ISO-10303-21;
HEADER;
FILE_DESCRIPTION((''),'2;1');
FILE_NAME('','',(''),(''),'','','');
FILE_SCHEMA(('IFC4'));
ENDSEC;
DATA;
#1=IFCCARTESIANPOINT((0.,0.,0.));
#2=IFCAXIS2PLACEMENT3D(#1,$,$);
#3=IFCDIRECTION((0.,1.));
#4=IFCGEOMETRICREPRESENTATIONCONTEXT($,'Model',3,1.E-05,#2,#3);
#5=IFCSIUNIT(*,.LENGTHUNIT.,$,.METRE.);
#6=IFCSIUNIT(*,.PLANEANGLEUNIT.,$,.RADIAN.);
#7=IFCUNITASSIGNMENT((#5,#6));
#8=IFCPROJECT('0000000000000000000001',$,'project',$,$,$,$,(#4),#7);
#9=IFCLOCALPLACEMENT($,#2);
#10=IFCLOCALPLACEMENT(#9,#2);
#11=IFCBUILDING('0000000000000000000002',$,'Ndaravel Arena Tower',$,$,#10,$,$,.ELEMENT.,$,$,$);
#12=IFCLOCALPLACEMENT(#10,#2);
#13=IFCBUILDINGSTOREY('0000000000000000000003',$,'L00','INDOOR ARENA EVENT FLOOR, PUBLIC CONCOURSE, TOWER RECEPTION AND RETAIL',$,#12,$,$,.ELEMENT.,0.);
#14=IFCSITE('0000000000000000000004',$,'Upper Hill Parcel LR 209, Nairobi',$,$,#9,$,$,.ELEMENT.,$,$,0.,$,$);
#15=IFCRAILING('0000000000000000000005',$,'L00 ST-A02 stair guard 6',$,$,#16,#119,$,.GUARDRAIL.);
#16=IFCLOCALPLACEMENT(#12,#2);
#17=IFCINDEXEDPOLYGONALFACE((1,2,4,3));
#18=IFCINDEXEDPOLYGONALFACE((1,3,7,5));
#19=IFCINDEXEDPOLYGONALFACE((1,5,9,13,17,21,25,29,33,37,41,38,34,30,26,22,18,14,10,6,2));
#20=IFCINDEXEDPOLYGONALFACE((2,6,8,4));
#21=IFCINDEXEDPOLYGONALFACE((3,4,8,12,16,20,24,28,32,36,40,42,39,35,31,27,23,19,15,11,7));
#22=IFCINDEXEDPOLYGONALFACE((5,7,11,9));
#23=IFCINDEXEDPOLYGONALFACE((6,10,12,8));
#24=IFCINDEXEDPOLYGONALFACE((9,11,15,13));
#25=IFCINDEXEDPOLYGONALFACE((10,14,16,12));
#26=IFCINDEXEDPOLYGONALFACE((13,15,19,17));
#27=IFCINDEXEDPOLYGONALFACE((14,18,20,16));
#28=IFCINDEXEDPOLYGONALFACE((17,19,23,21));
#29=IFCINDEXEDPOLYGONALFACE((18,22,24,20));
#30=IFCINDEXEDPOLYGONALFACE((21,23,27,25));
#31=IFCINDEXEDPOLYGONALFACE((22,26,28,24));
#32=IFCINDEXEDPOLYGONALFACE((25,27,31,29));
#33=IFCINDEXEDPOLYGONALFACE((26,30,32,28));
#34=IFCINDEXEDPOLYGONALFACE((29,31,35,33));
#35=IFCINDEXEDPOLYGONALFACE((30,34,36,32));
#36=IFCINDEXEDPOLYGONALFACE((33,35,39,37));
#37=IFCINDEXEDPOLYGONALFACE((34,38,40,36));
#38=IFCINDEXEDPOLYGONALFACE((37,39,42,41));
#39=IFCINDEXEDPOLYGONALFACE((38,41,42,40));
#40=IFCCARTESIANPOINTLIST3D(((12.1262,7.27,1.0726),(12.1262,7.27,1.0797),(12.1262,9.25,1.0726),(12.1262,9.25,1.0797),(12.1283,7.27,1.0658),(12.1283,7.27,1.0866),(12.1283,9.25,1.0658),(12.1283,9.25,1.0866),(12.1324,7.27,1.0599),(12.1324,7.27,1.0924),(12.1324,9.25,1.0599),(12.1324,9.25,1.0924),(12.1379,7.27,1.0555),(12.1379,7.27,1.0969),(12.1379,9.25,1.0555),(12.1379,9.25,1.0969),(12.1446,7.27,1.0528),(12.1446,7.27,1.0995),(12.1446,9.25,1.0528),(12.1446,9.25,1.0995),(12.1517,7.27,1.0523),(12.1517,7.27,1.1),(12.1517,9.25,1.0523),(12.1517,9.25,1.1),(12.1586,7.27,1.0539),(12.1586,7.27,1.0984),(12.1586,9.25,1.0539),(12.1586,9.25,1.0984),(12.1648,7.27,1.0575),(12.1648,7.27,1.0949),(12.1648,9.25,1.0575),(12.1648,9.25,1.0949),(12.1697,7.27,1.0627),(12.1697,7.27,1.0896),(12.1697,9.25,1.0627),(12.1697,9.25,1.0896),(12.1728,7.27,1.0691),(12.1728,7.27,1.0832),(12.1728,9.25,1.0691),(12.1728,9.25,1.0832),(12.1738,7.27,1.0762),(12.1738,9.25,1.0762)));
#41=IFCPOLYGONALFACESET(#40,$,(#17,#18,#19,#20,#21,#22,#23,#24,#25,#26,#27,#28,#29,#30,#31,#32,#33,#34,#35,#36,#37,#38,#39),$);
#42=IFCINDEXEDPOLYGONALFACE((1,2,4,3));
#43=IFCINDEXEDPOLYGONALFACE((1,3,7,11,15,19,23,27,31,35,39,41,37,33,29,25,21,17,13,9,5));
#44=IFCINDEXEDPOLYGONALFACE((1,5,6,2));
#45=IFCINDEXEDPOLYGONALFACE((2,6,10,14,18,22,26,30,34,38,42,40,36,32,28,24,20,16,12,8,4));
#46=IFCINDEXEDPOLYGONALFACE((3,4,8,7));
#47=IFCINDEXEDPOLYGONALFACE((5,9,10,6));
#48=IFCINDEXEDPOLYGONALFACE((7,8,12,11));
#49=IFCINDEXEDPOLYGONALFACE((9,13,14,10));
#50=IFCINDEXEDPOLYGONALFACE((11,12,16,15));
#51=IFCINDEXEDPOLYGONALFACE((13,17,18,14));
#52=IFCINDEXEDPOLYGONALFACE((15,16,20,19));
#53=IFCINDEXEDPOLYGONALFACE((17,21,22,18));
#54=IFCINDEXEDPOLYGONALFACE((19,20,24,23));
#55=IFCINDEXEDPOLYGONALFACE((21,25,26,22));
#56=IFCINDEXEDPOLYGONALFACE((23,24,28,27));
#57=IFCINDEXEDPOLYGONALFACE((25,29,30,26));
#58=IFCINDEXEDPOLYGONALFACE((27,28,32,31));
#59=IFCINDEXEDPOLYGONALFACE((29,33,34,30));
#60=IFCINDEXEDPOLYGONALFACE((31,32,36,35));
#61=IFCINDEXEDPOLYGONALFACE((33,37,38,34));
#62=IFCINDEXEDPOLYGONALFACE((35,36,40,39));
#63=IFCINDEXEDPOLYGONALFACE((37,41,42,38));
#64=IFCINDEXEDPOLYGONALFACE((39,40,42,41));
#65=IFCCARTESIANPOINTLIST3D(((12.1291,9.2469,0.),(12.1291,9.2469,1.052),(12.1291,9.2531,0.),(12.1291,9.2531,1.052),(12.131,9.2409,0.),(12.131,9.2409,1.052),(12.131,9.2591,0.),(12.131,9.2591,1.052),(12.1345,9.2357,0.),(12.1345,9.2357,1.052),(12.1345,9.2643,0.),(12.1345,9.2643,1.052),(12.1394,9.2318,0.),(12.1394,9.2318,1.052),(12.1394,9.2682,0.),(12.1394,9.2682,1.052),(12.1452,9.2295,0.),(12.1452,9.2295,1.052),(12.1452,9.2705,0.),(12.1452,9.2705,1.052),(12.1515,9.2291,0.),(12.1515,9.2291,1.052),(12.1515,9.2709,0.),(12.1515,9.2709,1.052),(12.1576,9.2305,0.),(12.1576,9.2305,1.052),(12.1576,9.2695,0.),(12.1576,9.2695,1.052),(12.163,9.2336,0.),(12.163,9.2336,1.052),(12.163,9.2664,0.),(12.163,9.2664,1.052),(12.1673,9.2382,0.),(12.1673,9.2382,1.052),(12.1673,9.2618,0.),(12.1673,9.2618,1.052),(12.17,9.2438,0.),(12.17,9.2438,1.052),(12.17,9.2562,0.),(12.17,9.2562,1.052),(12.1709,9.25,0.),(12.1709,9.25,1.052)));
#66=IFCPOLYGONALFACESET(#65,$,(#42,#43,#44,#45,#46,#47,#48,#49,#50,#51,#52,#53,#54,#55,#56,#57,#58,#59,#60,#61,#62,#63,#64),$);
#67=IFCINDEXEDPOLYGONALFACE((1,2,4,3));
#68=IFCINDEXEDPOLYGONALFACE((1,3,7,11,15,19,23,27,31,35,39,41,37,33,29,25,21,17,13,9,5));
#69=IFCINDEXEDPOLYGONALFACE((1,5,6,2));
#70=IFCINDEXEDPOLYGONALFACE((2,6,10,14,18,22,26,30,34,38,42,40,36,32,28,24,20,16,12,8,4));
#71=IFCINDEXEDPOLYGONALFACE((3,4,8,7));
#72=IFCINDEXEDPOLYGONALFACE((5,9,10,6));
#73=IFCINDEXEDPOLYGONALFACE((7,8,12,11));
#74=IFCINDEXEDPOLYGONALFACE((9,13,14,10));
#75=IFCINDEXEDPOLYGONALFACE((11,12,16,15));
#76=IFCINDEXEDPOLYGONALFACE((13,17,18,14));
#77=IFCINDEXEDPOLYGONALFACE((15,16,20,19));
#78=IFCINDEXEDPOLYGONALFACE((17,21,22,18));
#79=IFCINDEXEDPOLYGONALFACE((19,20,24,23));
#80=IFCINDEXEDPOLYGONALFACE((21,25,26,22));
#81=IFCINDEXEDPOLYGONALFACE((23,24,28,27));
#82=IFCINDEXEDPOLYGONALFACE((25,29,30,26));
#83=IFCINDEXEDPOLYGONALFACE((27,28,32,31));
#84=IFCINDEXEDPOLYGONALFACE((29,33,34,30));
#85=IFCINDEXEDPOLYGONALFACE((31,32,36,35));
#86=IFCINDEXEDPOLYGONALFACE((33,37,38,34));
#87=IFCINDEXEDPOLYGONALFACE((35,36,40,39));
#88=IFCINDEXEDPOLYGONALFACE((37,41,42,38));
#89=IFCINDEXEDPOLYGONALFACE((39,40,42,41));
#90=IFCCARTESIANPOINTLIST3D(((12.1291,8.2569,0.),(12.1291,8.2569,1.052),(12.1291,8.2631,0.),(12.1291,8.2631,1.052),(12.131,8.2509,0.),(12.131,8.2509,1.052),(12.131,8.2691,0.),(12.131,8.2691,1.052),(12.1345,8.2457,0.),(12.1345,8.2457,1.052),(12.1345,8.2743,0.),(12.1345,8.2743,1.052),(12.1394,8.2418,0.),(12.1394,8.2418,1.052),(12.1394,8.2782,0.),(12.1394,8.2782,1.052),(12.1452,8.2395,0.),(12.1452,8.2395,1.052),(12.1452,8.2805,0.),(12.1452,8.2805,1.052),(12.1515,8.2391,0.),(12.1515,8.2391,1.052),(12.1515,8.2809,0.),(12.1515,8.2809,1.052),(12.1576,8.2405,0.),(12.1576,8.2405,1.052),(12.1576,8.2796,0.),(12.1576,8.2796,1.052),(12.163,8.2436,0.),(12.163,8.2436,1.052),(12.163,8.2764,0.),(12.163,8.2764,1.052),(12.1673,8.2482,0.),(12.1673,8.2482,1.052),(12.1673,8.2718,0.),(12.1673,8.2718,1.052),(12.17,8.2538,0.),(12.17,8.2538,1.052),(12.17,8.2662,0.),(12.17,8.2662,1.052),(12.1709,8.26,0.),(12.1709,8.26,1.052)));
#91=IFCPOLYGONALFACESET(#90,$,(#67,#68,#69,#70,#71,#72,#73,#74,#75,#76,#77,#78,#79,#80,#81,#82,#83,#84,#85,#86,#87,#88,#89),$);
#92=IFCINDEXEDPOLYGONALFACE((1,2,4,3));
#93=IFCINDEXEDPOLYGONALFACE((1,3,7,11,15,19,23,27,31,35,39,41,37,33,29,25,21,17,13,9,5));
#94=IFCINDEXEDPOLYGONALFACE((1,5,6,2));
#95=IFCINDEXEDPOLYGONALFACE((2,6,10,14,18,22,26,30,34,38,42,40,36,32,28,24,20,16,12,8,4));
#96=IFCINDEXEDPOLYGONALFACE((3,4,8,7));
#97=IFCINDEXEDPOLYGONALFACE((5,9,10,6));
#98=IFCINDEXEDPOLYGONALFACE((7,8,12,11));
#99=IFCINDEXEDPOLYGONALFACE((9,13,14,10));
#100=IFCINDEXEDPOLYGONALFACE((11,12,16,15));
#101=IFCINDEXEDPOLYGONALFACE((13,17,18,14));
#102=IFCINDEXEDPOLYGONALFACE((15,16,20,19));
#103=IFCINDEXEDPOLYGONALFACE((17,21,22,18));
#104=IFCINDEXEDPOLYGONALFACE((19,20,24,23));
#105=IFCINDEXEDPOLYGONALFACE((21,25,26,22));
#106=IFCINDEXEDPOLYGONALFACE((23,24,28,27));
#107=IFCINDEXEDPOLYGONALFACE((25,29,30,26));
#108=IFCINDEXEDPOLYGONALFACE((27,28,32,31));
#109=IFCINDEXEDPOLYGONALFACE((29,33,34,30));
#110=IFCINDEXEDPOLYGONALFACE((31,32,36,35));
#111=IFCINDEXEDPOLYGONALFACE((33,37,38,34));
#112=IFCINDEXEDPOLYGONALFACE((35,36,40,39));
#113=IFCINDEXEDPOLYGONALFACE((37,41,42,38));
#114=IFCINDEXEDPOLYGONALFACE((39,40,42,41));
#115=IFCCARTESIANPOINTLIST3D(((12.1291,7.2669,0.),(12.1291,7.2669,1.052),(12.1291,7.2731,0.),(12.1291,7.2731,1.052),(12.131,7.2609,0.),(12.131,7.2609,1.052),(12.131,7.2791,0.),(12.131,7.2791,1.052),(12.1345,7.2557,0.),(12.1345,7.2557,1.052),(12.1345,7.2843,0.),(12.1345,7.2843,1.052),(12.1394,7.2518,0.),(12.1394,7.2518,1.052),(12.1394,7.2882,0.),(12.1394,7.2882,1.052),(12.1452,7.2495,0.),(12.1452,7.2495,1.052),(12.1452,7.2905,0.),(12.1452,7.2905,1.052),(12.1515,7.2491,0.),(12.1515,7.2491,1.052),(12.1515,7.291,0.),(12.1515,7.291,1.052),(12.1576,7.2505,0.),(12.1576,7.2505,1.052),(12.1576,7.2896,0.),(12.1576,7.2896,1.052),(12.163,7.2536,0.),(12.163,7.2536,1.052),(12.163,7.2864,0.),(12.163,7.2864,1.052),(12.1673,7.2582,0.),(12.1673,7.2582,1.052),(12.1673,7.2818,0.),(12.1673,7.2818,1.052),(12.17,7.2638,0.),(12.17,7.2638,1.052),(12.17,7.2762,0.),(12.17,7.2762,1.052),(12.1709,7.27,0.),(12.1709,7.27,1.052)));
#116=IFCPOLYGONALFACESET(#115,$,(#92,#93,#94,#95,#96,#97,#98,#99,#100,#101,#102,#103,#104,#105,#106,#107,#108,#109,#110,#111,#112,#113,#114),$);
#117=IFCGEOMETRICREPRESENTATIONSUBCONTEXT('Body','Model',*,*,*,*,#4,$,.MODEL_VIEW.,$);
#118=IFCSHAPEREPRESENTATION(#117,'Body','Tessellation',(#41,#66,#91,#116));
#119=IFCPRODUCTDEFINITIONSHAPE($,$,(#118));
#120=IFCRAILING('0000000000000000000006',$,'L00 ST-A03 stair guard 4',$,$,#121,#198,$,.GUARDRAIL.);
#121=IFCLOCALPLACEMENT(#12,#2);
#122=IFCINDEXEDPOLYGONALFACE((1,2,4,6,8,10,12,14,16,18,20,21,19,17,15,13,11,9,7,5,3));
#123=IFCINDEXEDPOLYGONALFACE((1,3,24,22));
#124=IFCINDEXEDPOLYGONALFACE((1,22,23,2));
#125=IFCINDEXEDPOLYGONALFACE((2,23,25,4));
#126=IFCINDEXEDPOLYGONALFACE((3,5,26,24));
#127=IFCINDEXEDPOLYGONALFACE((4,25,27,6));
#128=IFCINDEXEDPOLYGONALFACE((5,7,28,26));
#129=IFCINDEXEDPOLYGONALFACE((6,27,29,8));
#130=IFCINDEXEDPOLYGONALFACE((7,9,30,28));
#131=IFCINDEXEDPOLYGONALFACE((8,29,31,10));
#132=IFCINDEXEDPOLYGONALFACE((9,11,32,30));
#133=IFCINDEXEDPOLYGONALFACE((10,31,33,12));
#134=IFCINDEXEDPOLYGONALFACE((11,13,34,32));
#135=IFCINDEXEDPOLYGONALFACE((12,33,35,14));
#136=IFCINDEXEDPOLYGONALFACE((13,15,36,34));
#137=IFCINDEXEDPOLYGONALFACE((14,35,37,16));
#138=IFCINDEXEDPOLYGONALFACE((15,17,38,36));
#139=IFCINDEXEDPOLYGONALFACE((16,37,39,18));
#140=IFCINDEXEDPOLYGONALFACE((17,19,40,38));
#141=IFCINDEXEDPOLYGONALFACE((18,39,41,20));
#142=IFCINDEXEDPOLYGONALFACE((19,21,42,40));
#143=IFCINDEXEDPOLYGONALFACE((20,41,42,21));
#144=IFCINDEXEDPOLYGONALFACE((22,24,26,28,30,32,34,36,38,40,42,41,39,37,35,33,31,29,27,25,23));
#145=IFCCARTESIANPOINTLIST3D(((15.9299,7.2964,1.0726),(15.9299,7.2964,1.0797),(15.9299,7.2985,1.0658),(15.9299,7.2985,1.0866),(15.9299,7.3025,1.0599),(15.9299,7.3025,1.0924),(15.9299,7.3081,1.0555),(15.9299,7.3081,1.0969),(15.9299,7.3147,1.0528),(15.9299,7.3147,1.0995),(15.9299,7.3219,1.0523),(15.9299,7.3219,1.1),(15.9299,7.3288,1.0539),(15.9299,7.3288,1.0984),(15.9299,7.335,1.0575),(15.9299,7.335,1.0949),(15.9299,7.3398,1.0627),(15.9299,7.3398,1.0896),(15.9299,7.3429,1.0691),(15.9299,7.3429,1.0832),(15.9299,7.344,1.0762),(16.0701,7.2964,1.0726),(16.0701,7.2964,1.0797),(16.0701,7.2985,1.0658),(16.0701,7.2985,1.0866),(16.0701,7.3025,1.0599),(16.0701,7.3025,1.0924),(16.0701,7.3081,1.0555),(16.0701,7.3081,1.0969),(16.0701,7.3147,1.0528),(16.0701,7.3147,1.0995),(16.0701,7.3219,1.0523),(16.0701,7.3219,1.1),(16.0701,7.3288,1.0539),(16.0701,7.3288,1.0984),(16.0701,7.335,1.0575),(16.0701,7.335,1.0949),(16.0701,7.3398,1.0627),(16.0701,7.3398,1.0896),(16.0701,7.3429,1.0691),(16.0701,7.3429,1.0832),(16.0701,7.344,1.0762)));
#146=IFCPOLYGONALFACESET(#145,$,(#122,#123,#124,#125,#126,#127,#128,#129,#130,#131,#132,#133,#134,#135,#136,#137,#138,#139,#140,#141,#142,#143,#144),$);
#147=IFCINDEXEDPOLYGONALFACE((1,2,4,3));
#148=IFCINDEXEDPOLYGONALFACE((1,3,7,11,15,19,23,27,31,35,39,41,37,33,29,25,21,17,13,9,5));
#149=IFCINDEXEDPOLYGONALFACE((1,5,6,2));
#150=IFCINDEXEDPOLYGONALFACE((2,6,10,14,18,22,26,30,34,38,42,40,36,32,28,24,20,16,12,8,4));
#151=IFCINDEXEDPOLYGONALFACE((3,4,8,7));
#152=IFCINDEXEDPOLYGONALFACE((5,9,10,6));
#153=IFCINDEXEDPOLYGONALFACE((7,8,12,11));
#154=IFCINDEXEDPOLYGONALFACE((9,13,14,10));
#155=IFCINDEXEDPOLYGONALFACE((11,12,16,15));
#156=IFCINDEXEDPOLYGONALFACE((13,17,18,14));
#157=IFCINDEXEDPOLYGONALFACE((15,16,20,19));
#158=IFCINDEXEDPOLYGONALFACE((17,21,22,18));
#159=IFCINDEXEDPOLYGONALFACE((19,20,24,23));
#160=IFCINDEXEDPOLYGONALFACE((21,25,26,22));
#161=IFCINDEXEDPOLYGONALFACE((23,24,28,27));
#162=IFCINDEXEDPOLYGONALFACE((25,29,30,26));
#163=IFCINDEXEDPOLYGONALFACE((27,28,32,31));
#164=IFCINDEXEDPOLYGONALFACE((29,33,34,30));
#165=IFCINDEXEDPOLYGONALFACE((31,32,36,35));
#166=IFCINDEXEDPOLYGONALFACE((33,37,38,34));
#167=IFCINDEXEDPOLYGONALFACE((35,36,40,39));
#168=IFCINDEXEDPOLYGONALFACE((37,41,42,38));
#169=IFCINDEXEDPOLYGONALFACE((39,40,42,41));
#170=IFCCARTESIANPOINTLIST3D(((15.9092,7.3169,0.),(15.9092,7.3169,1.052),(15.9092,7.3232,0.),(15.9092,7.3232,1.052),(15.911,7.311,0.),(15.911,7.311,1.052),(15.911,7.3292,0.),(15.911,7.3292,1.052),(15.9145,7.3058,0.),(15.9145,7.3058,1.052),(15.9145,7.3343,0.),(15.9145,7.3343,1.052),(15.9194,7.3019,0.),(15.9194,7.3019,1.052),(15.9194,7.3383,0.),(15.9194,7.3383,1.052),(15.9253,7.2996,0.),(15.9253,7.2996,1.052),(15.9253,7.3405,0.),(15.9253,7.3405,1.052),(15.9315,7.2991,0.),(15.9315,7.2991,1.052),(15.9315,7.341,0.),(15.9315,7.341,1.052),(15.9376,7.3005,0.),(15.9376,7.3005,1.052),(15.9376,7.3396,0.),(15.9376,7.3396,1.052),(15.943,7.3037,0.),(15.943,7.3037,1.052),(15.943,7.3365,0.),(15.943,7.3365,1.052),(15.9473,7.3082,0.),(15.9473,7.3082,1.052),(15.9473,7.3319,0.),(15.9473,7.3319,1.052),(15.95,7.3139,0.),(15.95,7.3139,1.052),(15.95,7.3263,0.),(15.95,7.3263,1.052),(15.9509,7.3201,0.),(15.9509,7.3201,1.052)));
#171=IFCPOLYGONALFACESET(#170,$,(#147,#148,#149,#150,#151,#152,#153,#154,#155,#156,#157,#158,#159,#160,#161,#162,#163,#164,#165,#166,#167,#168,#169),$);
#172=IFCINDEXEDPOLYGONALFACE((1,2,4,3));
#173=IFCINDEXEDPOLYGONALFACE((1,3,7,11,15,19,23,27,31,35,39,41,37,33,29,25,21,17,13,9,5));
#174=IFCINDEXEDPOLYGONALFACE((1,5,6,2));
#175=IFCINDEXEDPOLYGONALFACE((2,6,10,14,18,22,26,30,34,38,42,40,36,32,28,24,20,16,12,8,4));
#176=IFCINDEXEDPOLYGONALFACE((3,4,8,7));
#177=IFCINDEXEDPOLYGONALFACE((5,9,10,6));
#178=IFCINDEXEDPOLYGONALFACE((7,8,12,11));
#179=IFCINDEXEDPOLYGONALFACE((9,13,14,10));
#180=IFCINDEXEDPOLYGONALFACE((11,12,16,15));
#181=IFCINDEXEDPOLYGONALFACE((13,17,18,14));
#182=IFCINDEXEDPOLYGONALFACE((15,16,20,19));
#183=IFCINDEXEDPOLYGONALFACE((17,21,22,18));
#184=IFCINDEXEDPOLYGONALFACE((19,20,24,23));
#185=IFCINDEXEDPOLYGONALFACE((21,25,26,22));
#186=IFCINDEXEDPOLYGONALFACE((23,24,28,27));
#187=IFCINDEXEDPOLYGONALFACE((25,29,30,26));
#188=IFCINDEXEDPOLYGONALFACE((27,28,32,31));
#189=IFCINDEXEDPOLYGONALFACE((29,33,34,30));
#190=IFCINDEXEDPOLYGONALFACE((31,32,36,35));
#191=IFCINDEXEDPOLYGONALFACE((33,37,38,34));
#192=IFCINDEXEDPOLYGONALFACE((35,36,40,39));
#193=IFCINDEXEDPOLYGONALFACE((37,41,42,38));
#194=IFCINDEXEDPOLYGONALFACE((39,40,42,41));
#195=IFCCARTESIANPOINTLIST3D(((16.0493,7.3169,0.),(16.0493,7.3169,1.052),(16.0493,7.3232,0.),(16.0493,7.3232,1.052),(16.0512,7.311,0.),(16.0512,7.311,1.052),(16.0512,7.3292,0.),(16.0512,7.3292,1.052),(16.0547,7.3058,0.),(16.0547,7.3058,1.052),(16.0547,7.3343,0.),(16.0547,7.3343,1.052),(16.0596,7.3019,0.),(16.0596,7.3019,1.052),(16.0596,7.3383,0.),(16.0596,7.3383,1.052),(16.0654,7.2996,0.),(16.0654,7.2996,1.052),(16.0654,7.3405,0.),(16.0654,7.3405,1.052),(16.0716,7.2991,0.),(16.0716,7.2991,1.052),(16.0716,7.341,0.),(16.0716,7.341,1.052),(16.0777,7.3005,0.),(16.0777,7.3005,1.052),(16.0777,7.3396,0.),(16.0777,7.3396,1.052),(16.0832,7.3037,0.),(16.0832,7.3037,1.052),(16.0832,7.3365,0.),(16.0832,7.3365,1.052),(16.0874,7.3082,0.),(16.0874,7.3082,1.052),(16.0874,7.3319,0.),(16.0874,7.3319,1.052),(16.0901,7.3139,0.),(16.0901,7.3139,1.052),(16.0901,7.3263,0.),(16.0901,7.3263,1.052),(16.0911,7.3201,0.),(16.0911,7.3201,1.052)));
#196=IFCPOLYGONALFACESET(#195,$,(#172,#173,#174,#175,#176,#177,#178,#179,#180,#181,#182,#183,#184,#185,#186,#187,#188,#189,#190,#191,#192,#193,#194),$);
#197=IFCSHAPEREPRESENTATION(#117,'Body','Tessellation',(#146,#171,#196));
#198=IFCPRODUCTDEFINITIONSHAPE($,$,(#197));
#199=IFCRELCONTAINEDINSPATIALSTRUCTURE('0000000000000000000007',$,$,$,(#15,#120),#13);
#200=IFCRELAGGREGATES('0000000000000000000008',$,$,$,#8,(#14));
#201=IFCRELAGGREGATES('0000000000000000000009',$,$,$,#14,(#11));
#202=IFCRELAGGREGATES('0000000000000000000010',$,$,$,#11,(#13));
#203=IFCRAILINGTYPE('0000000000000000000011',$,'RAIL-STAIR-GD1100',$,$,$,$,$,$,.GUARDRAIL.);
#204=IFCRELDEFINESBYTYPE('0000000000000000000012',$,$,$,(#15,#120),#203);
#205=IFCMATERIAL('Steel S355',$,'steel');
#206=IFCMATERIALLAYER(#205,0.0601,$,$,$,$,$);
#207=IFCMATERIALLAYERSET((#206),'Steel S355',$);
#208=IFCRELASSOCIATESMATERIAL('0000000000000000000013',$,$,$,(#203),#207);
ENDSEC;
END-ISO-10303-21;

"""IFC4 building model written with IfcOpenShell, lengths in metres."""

from ifc_helpers import new_model, si_unit, direction, frame, origin, origin_2d, place, context, subcontext, project, spatial, circle, extrude, material, layer, layer_set, type_object, element, save


model = new_model("IFC4")

# Units and contexts
model_context = context("Model", 3, precision=1e-05, world=origin(), true_north=direction((0.0, 1.0)))
body_context = subcontext(model_context, "Body", "Model", "MODEL_VIEW")
ifc_project = project(units=[si_unit("LENGTHUNIT", "METRE"), si_unit("PLANEANGLEUNIT", "RADIAN")], contexts=[model_context])

# Site, building, storey
site_placement = place(None, origin())
site = spatial("IfcSite", under=ifc_project, at=site_placement, Name="Upper Hill Parcel LR 209, Nairobi", CompositionType="ELEMENT", RefElevation=0.0)
building_placement = place(site_placement, origin())
building = spatial("IfcBuilding", under=site, at=building_placement, Name="Ndaravel Arena Tower", CompositionType="ELEMENT")
storey_placement = place(building_placement, origin())
storey = spatial("IfcBuildingStorey", under=building, at=storey_placement, Name="L00", Description="INDOOR ARENA EVENT FLOOR, PUBLIC CONCOURSE, TOWER RECEPTION AND RETAIL", CompositionType="ELEMENT", Elevation=0.0)

# Railings
ifc_material_1 = material(Name="Steel S355", Category="steel")
ifc_layer_1 = layer(ifc_material_1, 0.0601)
ifc_layer_set_1 = layer_set([ifc_layer_1], Name="Steel S355")
railing_type = type_object("IfcRailingType", Name="RAIL-STAIR-GD1100", PredefinedType="GUARDRAIL", material=ifc_layer_set_1)
for number, where, name in (
    (1, (12.1499, 9.25, 0.0), "L00 ST-A02 stair guard 6"),
):
    element("IfcRailing", number, at=place(storey_placement, frame(where)), inside=storey, type_object=railing_type, Name=name, PredefinedType="GUARDRAIL", context=body_context, shape_type="SweptSolid", body=[
        extrude(circle(Radius=0.0239, at=origin_2d()), frame((0.0, 0.0, 1.0762), z_axis=(0.0, -1.0, 0.0), x_axis=(1.0, 0.0, 0.0)), (0.0, 0.0, 1.0), 1.98),
        extrude(circle(Radius=0.021, at=origin_2d()), origin(), (0.0, 0.0, 1.0), 1.052),
        extrude(circle(Radius=0.021, at=origin_2d()), frame((0.0, -0.99, 0.0)), (0.0, 0.0, 1.0), 1.052),
        extrude(circle(Radius=0.021, at=origin_2d()), frame((0.0, -1.98, 0.0)), (0.0, 0.0, 1.0), 1.052),
    ])
railing_1_placement = place(storey_placement, frame((15.9299, 7.3201, 0.0)))
element("IfcRailing", 2, at=railing_1_placement, inside=storey, type_object=railing_type, Name="L00 ST-A03 stair guard 4", PredefinedType="GUARDRAIL", context=body_context, shape_type="SweptSolid", body=[
    extrude(circle(Radius=0.0239, at=origin_2d()), frame((0.0, 0.0, 1.0762), z_axis=(1.0, 0.0, 0.0), x_axis=(0.0, 1.0, 0.0)), (0.0, 0.0, 1.0), 0.1401),
    extrude(circle(Radius=0.021, at=origin_2d()), origin(), (0.0, 0.0, 1.0), 1.052),
    extrude(circle(Radius=0.021, at=origin_2d()), frame((0.1401, 0.0, 0.0)), (0.0, 0.0, 1.0), 1.052),
])

save(model, "model.ifc")
